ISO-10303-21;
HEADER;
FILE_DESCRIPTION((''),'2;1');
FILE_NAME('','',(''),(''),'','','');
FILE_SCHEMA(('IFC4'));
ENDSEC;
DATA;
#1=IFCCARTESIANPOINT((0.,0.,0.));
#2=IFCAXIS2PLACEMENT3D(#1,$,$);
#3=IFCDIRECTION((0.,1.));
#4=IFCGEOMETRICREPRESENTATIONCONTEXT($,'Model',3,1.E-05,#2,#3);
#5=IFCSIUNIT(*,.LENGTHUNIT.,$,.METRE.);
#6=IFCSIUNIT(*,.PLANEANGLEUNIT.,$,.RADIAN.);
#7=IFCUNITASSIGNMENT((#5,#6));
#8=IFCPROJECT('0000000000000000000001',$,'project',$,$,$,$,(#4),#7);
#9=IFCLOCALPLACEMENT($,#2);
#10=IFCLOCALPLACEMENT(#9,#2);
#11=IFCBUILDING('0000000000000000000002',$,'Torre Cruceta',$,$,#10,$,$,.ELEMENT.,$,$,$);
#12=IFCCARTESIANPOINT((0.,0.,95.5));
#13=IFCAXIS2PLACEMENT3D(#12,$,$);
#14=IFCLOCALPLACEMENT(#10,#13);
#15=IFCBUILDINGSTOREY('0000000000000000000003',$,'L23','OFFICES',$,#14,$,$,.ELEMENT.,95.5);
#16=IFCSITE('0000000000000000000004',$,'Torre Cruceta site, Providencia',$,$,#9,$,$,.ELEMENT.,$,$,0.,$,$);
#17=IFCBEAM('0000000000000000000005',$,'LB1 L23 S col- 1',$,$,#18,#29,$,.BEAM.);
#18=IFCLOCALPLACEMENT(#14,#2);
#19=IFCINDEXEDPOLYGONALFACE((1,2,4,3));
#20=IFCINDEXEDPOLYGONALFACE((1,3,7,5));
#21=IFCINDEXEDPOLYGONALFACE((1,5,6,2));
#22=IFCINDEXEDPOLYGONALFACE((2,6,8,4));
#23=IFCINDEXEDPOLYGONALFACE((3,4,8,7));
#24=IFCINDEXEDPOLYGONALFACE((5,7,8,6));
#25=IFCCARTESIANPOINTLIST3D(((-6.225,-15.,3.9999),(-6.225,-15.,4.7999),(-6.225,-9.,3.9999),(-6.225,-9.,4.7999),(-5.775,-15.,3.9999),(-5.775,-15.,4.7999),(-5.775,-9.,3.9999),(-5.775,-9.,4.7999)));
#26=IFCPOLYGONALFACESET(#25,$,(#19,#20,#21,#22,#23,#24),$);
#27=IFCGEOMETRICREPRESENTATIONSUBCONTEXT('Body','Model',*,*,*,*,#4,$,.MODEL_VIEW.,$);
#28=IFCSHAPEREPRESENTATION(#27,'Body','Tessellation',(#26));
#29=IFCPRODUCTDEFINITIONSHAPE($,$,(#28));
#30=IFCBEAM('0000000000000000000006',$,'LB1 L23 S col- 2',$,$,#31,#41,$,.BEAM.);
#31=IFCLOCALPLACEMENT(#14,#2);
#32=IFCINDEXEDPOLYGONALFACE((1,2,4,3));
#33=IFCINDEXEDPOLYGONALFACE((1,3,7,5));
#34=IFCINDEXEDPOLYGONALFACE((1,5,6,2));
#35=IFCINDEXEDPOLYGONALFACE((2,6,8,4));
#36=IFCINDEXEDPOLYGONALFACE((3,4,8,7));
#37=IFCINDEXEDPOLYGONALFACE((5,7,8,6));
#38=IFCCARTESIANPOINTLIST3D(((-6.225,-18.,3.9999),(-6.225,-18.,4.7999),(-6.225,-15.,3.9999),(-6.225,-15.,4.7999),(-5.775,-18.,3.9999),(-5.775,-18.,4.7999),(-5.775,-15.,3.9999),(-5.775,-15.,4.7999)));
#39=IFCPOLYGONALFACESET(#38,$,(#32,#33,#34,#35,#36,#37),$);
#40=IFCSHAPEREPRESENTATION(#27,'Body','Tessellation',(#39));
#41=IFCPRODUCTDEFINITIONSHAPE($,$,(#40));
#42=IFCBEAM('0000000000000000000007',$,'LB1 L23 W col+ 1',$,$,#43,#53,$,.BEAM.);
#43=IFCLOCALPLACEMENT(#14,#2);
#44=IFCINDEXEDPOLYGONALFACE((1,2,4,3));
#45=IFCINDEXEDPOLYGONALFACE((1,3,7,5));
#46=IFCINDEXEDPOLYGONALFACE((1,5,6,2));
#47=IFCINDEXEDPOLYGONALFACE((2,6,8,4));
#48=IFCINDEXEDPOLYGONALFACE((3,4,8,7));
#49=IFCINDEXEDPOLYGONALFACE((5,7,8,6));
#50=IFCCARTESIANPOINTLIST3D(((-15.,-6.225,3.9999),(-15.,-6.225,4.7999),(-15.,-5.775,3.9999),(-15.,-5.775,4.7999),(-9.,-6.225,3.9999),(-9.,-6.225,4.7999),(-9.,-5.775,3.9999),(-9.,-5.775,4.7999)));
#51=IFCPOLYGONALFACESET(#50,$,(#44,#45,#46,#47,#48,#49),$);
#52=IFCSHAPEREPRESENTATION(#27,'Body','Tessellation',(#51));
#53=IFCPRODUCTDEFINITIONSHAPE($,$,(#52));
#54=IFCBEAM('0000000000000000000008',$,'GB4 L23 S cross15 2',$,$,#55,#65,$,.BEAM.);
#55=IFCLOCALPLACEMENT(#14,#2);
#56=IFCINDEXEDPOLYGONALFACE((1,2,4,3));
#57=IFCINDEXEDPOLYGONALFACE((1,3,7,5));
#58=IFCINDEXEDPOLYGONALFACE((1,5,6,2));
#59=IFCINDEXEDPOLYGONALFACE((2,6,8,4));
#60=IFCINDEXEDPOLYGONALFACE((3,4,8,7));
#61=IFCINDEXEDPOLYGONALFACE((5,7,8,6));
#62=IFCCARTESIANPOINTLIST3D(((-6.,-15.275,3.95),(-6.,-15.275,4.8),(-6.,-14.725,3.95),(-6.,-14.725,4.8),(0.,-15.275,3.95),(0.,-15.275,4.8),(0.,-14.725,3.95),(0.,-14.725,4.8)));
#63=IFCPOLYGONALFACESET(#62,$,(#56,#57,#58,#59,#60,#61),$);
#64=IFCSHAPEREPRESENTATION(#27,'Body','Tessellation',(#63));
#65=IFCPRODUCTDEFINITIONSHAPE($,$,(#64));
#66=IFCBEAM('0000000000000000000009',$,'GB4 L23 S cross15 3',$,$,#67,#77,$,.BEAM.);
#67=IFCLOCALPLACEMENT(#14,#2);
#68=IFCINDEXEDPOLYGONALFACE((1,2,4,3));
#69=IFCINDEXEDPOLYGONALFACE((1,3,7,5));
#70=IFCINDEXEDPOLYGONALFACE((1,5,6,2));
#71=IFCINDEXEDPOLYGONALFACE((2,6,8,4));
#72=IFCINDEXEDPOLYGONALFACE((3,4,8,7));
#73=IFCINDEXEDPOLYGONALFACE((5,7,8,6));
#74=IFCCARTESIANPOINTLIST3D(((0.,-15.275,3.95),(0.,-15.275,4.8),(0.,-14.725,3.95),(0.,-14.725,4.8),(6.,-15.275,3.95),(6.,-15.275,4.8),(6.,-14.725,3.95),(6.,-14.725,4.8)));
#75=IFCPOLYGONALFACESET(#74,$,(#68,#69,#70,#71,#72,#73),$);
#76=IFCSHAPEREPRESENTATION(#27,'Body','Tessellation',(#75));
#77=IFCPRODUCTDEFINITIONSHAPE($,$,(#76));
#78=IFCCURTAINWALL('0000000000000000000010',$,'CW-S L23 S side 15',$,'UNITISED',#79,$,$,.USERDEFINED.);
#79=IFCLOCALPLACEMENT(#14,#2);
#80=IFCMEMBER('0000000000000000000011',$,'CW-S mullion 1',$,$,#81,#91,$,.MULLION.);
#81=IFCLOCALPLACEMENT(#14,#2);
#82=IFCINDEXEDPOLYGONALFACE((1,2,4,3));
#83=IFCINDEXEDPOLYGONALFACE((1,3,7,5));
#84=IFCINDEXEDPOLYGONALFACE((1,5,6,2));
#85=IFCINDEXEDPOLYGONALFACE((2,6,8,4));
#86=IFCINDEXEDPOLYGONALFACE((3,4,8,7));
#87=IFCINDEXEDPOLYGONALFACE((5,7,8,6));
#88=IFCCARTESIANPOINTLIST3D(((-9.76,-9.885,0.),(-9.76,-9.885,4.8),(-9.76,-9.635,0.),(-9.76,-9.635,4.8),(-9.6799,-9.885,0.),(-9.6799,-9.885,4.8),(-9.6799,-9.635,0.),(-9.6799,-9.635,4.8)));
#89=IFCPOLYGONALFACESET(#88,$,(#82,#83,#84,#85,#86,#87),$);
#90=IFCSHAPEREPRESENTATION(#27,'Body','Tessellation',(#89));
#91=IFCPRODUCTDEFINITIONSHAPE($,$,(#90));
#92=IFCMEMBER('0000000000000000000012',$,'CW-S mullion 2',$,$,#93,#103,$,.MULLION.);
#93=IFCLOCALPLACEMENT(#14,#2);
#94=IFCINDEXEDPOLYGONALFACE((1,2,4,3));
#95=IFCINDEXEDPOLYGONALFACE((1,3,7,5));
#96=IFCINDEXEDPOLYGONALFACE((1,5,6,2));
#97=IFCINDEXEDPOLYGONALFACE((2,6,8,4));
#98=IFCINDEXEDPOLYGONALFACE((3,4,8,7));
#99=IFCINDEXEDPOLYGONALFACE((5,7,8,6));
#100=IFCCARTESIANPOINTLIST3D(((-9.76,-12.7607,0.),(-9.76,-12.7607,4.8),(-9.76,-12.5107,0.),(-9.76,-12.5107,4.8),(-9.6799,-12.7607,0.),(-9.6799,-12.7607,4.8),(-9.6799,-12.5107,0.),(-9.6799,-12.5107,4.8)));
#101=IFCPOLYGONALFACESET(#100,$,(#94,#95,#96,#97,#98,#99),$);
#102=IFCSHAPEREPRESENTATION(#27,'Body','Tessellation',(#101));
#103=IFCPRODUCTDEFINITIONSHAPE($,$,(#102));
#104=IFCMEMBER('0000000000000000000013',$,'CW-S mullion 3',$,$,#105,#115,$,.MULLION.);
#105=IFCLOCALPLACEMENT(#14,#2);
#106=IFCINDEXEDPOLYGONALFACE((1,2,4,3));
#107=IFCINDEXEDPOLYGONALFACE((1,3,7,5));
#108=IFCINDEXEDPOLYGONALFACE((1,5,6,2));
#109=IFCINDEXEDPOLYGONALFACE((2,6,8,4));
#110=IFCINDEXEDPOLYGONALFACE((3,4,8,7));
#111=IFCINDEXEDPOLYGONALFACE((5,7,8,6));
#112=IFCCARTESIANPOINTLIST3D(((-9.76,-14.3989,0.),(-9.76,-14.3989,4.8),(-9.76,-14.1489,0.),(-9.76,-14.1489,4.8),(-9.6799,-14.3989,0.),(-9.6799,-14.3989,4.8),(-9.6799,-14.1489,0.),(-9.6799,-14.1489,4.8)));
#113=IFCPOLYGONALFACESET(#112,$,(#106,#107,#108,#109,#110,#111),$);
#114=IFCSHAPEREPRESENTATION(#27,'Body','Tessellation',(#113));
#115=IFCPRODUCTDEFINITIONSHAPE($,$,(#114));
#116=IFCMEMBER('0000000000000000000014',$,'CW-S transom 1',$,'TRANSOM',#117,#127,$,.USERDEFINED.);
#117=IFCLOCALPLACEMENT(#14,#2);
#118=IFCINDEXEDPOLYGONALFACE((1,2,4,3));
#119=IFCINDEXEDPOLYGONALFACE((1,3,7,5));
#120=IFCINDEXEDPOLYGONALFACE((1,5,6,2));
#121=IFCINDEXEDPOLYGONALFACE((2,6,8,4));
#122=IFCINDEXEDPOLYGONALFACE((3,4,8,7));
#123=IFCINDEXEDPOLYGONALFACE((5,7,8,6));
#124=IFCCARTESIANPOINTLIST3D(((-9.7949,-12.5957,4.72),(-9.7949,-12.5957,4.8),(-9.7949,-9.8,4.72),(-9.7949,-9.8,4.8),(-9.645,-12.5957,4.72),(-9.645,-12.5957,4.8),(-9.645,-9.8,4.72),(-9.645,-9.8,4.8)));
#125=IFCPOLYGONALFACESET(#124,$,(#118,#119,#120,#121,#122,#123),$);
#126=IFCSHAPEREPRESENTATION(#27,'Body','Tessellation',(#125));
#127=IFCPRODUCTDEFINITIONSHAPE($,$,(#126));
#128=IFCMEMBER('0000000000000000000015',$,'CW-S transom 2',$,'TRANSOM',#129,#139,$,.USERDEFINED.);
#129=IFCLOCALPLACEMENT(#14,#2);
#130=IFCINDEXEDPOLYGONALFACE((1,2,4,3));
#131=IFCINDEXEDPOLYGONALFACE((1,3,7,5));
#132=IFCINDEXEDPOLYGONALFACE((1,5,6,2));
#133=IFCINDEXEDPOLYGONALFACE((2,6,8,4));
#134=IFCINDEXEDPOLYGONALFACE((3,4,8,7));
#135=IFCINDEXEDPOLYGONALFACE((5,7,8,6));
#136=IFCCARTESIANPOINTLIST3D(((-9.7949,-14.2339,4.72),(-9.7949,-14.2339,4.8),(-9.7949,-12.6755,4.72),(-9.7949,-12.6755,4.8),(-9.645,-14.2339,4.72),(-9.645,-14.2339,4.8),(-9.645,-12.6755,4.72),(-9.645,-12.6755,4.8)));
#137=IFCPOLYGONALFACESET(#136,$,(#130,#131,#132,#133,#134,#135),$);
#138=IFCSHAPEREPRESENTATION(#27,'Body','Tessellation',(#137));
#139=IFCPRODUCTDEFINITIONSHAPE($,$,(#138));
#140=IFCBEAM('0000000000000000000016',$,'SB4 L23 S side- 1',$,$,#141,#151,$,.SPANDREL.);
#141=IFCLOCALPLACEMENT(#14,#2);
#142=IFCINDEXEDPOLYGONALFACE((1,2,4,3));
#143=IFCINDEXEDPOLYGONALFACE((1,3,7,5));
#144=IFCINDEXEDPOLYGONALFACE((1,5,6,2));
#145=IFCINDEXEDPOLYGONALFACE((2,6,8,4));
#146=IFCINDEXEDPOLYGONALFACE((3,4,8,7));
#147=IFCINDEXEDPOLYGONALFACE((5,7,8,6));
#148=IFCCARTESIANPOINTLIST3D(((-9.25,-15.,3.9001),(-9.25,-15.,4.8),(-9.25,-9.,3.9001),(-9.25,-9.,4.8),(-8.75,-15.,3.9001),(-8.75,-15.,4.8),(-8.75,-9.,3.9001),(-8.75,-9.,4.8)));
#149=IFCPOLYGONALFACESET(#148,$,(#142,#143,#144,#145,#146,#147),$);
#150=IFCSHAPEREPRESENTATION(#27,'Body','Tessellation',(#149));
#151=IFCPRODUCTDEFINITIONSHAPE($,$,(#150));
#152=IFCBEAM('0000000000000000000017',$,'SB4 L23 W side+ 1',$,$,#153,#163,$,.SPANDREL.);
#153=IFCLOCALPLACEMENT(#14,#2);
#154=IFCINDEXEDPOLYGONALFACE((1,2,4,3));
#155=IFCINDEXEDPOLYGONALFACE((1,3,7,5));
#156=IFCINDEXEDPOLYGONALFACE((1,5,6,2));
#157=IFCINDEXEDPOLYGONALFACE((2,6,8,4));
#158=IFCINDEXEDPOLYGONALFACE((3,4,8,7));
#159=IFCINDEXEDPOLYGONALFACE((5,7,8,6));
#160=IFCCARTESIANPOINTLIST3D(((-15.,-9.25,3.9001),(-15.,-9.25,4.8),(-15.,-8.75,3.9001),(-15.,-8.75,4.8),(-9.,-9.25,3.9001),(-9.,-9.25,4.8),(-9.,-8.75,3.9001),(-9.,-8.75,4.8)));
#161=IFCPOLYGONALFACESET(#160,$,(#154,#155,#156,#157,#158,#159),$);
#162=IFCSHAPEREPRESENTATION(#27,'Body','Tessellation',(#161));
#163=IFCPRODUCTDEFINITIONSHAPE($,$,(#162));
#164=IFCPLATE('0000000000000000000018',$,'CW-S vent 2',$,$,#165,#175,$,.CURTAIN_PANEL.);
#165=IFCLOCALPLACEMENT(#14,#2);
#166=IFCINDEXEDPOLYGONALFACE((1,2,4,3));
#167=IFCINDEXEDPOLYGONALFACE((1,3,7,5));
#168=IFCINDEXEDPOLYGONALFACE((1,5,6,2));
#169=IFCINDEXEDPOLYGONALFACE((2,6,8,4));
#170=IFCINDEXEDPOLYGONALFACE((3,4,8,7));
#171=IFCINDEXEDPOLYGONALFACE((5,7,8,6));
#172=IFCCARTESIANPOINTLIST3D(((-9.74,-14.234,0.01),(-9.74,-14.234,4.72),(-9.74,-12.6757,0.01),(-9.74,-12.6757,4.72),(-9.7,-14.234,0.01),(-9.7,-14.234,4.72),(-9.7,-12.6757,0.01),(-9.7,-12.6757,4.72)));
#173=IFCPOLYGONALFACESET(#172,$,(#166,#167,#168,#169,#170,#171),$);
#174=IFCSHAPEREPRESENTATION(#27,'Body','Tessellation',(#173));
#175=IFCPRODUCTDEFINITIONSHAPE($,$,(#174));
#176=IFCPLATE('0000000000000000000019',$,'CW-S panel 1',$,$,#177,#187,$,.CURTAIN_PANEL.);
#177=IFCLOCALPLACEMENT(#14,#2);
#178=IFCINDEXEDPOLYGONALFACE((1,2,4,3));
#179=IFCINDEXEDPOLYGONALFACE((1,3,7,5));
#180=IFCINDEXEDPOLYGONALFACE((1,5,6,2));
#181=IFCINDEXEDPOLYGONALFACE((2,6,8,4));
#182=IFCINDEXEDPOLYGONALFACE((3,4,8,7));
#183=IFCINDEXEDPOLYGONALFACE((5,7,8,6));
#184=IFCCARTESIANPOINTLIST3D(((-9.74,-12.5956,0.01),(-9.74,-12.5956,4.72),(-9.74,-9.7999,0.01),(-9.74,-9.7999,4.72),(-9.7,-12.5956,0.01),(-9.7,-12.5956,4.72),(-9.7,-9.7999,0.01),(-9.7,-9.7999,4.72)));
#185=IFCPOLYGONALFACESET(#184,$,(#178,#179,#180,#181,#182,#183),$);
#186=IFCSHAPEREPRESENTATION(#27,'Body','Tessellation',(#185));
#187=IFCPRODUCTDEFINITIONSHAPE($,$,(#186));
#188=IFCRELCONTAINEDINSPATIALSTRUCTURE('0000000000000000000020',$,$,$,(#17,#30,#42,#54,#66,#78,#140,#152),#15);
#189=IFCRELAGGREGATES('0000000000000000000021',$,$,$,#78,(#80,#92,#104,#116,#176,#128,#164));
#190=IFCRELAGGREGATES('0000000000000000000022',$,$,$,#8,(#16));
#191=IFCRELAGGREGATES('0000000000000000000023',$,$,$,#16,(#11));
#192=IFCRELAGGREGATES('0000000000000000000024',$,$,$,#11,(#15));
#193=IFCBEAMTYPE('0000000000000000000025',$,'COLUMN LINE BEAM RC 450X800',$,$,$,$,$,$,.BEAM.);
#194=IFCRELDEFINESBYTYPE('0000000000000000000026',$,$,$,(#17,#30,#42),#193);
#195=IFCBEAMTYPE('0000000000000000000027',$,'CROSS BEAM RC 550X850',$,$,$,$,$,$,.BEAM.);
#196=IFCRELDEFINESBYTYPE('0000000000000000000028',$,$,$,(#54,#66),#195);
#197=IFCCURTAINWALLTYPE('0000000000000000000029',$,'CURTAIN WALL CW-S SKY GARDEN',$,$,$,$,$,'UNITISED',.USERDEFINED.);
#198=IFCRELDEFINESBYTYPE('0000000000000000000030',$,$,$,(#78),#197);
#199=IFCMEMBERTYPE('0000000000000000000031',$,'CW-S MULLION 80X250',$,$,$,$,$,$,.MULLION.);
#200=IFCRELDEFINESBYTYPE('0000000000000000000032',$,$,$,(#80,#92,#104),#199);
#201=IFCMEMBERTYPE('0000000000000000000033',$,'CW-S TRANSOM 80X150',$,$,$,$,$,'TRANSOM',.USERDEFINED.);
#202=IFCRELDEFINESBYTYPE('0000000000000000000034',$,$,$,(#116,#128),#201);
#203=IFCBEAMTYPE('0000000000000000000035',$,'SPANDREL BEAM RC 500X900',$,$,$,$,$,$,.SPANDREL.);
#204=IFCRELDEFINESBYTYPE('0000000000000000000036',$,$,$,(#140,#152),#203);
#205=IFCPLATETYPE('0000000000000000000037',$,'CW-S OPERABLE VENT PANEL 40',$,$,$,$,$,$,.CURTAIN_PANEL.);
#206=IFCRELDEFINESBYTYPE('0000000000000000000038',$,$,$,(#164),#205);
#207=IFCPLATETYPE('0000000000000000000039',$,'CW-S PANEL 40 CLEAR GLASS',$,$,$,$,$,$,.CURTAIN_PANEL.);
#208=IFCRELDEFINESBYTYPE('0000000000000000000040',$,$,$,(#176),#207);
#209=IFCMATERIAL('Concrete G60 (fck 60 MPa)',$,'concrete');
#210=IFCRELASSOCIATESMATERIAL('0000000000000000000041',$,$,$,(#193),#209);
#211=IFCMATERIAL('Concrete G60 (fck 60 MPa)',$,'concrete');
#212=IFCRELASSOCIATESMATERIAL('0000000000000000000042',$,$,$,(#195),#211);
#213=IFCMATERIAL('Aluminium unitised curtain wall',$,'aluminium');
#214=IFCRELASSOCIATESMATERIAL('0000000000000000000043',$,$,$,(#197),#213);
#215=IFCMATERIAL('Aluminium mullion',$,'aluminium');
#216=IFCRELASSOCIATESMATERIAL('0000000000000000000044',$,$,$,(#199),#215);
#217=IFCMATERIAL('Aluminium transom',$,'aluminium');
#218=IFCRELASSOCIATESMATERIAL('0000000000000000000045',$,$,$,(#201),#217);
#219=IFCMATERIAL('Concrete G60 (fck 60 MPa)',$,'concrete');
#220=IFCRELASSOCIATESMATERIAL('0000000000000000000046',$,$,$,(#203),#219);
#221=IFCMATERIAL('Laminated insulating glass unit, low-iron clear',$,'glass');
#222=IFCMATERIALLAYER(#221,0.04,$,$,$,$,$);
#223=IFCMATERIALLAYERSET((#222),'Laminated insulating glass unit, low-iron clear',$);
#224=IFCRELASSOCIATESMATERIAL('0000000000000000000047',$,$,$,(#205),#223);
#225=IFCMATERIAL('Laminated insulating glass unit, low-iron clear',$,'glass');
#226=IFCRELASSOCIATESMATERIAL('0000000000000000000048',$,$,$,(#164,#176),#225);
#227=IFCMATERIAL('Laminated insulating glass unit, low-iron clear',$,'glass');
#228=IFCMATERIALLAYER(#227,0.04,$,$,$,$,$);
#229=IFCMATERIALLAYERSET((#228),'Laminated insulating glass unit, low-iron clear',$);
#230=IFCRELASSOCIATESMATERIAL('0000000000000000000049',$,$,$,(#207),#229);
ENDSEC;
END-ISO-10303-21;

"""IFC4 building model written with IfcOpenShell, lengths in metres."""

from ifc_helpers import new_model, si_unit, direction, frame, origin, origin_2d, place, context, subcontext, project, spatial, rectangle, extrude, material, layer, layer_set, material_profile, profile_set, type_object, element, aggregate, save


model = new_model("IFC4")

# Units and contexts
model_context = context("Model", 3, precision=1e-05, world=origin(), true_north=direction((0.0, 1.0)))
body_context = subcontext(model_context, "Body", "Model", "MODEL_VIEW")
ifc_project = project(units=[si_unit("LENGTHUNIT", "METRE"), si_unit("PLANEANGLEUNIT", "RADIAN")], contexts=[model_context])

# Site, building, storey
site_placement = place(None, origin())
site = spatial("IfcSite", under=ifc_project, at=site_placement, Name="Torre Cruceta site, Providencia", CompositionType="ELEMENT", RefElevation=0.0)
building_placement = place(site_placement, origin())
building = spatial("IfcBuilding", under=site, at=building_placement, Name="Torre Cruceta", CompositionType="ELEMENT")
storey_placement = place(building_placement, frame((0.0, 0.0, 95.5)))
storey = spatial("IfcBuildingStorey", under=building, at=storey_placement, Name="L23", Description="OFFICES", CompositionType="ELEMENT", Elevation=95.5)

# Beams
ifc_material_1 = material(Name="Concrete G60 (fck 60 MPa)", Category="concrete")
ifc_material_profile_1 = material_profile(ifc_material_1, rectangle(XDim=0.45, YDim=0.8, at=origin_2d()), Name="RC 450X800")
ifc_profile_set_1 = profile_set([ifc_material_profile_1], Name="Concrete G60 (fck 60 MPa)")
beam_type_1 = type_object("IfcBeamType", Name="COLUMN LINE BEAM RC 450X800", PredefinedType="BEAM", material=ifc_profile_set_1)
beam_1_placement = place(storey_placement, frame((-6.0, -9.0, 4.3999), z_axis=(0.0, -1.0, 0.0), x_axis=(1.0, 0.0, 0.0)))
element("IfcBeam", 1, at=beam_1_placement, inside=storey, type_object=beam_type_1, Name="LB1 L23 S col- 1", PredefinedType="BEAM", context=body_context, shape_type="SweptSolid", body=[
    extrude(rectangle(XDim=0.45, YDim=0.8, at=origin_2d()), origin(), (0.0, 0.0, 1.0), 6.0),
])
beam_2_placement = place(storey_placement, frame((-6.0, -15.0, 4.3999), z_axis=(0.0, -1.0, 0.0), x_axis=(1.0, 0.0, 0.0)))
element("IfcBeam", 2, at=beam_2_placement, inside=storey, type_object=beam_type_1, Name="LB1 L23 S col- 2", PredefinedType="BEAM", context=body_context, shape_type="SweptSolid", body=[
    extrude(rectangle(XDim=0.45, YDim=0.8, at=origin_2d()), origin(), (0.0, 0.0, 1.0), 3.0),
])
beam_3_placement = place(storey_placement, frame((-9.0, -6.0, 4.3999), z_axis=(-1.0, 0.0, 0.0), x_axis=(0.0, -1.0, 0.0)))
element("IfcBeam", 3, at=beam_3_placement, inside=storey, type_object=beam_type_1, Name="LB1 L23 W col+ 1", PredefinedType="BEAM", context=body_context, shape_type="SweptSolid", body=[
    extrude(rectangle(XDim=0.45, YDim=0.8, at=origin_2d()), origin(), (0.0, 0.0, 1.0), 6.0),
])
ifc_material_2 = material(Name="Concrete G60 (fck 60 MPa)", Category="concrete")
ifc_material_profile_2 = material_profile(ifc_material_2, rectangle(XDim=0.55, YDim=0.8501, at=origin_2d()), Name="RC 550X850")
ifc_profile_set_2 = profile_set([ifc_material_profile_2], Name="Concrete G60 (fck 60 MPa)")
beam_type_2 = type_object("IfcBeamType", Name="CROSS BEAM RC 550X850", PredefinedType="BEAM", material=ifc_profile_set_2)
for number, where, z_axis, x_axis, name in (
    (4, (-6.0, -15.0, 4.375), (1.0, 0.0, 0.0), (0.0, 1.0, 0.0), "GB4 L23 S cross15 2"),
    (5, (0.0, -15.0, 4.375), (1.0, 0.0, 0.0), (0.0, 1.0, 0.0), "GB4 L23 S cross15 3"),
):
    element("IfcBeam", number, at=place(storey_placement, frame(where, z_axis=z_axis, x_axis=x_axis)), inside=storey, type_object=beam_type_2, Name=name, PredefinedType="BEAM", context=body_context, shape_type="SweptSolid", body=[
        extrude(rectangle(XDim=0.55, YDim=0.8501, at=origin_2d()), origin(), (0.0, 0.0, 1.0), 6.0),
    ])

# Curtain wall, members
ifc_material_3 = material(Name="Aluminium unitised curtain wall", Category="aluminium")
curtain_wall_type = type_object("IfcCurtainWallType", Name="CURTAIN WALL CW-S SKY GARDEN", ElementType="UNITISED", PredefinedType="USERDEFINED", material=ifc_material_3)
curtain_wall_placement = place(storey_placement, origin())
curtain_wall = element("IfcCurtainWall", 6, at=curtain_wall_placement, inside=storey, type_object=curtain_wall_type, Name="CW-S L23 S side 15", ObjectType="UNITISED", PredefinedType="USERDEFINED")
ifc_material_4 = material(Name="Aluminium mullion", Category="aluminium")
ifc_material_profile_3 = material_profile(ifc_material_4, rectangle(XDim=0.0801, YDim=0.25, at=origin_2d()), Name="AL 80X250")
ifc_profile_set_3 = profile_set([ifc_material_profile_3], Name="Aluminium mullion")
member_type_1 = type_object("IfcMemberType", Name="CW-S MULLION 80X250", PredefinedType="MULLION", material=ifc_profile_set_3)
member_1_placement = place(storey_placement, frame((-9.72, -9.76, 0.0), z_axis=(0.0, 0.0, 1.0), x_axis=(1.0, 0.0, 0.0)))
member_1 = element("IfcMember", 7, at=member_1_placement, type_object=member_type_1, Name="CW-S mullion 1", PredefinedType="MULLION", context=body_context, shape_type="SweptSolid", body=[
    extrude(rectangle(XDim=0.0801, YDim=0.25, at=origin_2d()), origin(), (0.0, 0.0, 1.0), 4.8),
])
member_2_placement = place(storey_placement, frame((-9.72, -12.6357, 0.0), z_axis=(0.0, 0.0, 1.0), x_axis=(1.0, 0.0, 0.0)))
member_2 = element("IfcMember", 8, at=member_2_placement, type_object=member_type_1, Name="CW-S mullion 2", PredefinedType="MULLION", context=body_context, shape_type="SweptSolid", body=[
    extrude(rectangle(XDim=0.0801, YDim=0.25, at=origin_2d()), origin(), (0.0, 0.0, 1.0), 4.8),
])
member_3_placement = place(storey_placement, frame((-9.72, -14.2739, 0.0), z_axis=(0.0, 0.0, 1.0), x_axis=(1.0, 0.0, 0.0)))
member_3 = element("IfcMember", 9, at=member_3_placement, type_object=member_type_1, Name="CW-S mullion 3", PredefinedType="MULLION", context=body_context, shape_type="SweptSolid", body=[
    extrude(rectangle(XDim=0.0801, YDim=0.25, at=origin_2d()), origin(), (0.0, 0.0, 1.0), 4.8),
])
ifc_material_5 = material(Name="Aluminium transom", Category="aluminium")
ifc_material_profile_4 = material_profile(ifc_material_5, rectangle(XDim=0.1499, YDim=0.0801, at=origin_2d()), Name="AL 150X80")
ifc_profile_set_4 = profile_set([ifc_material_profile_4], Name="Aluminium transom")
member_type_2 = type_object("IfcMemberType", Name="CW-S TRANSOM 80X150", ElementType="TRANSOM", PredefinedType="USERDEFINED", material=ifc_profile_set_4)
member_4_placement = place(storey_placement, frame((-9.72, -9.8, 4.76), z_axis=(0.0, -1.0, 0.0), x_axis=(1.0, 0.0, 0.0)))
member_4 = element("IfcMember", 10, at=member_4_placement, type_object=member_type_2, Name="CW-S transom 1", ObjectType="TRANSOM", PredefinedType="USERDEFINED", context=body_context, shape_type="SweptSolid", body=[
    extrude(rectangle(XDim=0.1499, YDim=0.0801, at=origin_2d()), origin(), (0.0, 0.0, 1.0), 2.7957),
])
member_5_placement = place(storey_placement, frame((-9.72, -12.6755, 4.76), z_axis=(0.0, -1.0, 0.0), x_axis=(1.0, 0.0, 0.0)))
member_5 = element("IfcMember", 11, at=member_5_placement, type_object=member_type_2, Name="CW-S transom 2", ObjectType="TRANSOM", PredefinedType="USERDEFINED", context=body_context, shape_type="SweptSolid", body=[
    extrude(rectangle(XDim=0.1499, YDim=0.0801, at=origin_2d()), origin(), (0.0, 0.0, 1.0), 1.5583),
])

# Beams
ifc_material_6 = material(Name="Concrete G60 (fck 60 MPa)", Category="concrete")
ifc_material_profile_5 = material_profile(ifc_material_6, rectangle(XDim=0.5, YDim=0.8999, at=origin_2d()), Name="RC 500X900")
ifc_profile_set_5 = profile_set([ifc_material_profile_5], Name="Concrete G60 (fck 60 MPa)")
beam_type_3 = type_object("IfcBeamType", Name="SPANDREL BEAM RC 500X900", PredefinedType="SPANDREL", material=ifc_profile_set_5)
for number, where, z_axis, x_axis, name in (
    (12, (-9.0, -9.0, 4.3501), (0.0, -1.0, 0.0), (1.0, 0.0, 0.0), "SB4 L23 S side- 1"),
    (13, (-9.0, -9.0, 4.3501), (-1.0, 0.0, 0.0), (0.0, -1.0, 0.0), "SB4 L23 W side+ 1"),
):
    element("IfcBeam", number, at=place(storey_placement, frame(where, z_axis=z_axis, x_axis=x_axis)), inside=storey, type_object=beam_type_3, Name=name, PredefinedType="SPANDREL", context=body_context, shape_type="SweptSolid", body=[
        extrude(rectangle(XDim=0.5, YDim=0.8999, at=origin_2d()), origin(), (0.0, 0.0, 1.0), 6.0),
    ])

# Plates
ifc_material_7 = material(Name="Laminated insulating glass unit, low-iron clear", Category="glass")
ifc_material_8 = material(Name="Laminated insulating glass unit, low-iron clear", Category="glass")
ifc_layer_1 = layer(ifc_material_8, 0.04)
ifc_layer_set_1 = layer_set([ifc_layer_1], Name="Laminated insulating glass unit, low-iron clear")
plate_type_1 = type_object("IfcPlateType", Name="CW-S OPERABLE VENT PANEL 40", PredefinedType="CURTAIN_PANEL", material=ifc_layer_set_1)
plate_1_placement = place(storey_placement, frame((-9.72, -13.4548, 0.01), z_axis=(0.0, 0.0, 1.0), x_axis=(0.0, -1.0, 0.0)))
plate_1 = element("IfcPlate", 14, at=plate_1_placement, type_object=plate_type_1, material=ifc_material_7, Name="CW-S vent 2", PredefinedType="CURTAIN_PANEL", context=body_context, shape_type="SweptSolid", body=[
    extrude(rectangle(XDim=1.5583, YDim=0.04, at=origin_2d()), origin(), (0.0, 0.0, 1.0), 4.71),
])
ifc_material_9 = material(Name="Laminated insulating glass unit, low-iron clear", Category="glass")
ifc_layer_2 = layer(ifc_material_9, 0.04)
ifc_layer_set_2 = layer_set([ifc_layer_2], Name="Laminated insulating glass unit, low-iron clear")
plate_type_2 = type_object("IfcPlateType", Name="CW-S PANEL 40 CLEAR GLASS", PredefinedType="CURTAIN_PANEL", material=ifc_layer_set_2)
plate_2_placement = place(storey_placement, frame((-9.72, -11.1978, 0.01), z_axis=(0.0, 0.0, 1.0), x_axis=(0.0, -1.0, 0.0)))
plate_2 = element("IfcPlate", 15, at=plate_2_placement, type_object=plate_type_2, material=ifc_material_7, Name="CW-S panel 1", PredefinedType="CURTAIN_PANEL", context=body_context, shape_type="SweptSolid", body=[
    extrude(rectangle(XDim=2.7957, YDim=0.04, at=origin_2d()), origin(), (0.0, 0.0, 1.0), 4.71),
])
aggregate(curtain_wall, [member_1, member_2, member_3, member_4, plate_2, member_5, plate_1])

save(model, "model.ifc")
